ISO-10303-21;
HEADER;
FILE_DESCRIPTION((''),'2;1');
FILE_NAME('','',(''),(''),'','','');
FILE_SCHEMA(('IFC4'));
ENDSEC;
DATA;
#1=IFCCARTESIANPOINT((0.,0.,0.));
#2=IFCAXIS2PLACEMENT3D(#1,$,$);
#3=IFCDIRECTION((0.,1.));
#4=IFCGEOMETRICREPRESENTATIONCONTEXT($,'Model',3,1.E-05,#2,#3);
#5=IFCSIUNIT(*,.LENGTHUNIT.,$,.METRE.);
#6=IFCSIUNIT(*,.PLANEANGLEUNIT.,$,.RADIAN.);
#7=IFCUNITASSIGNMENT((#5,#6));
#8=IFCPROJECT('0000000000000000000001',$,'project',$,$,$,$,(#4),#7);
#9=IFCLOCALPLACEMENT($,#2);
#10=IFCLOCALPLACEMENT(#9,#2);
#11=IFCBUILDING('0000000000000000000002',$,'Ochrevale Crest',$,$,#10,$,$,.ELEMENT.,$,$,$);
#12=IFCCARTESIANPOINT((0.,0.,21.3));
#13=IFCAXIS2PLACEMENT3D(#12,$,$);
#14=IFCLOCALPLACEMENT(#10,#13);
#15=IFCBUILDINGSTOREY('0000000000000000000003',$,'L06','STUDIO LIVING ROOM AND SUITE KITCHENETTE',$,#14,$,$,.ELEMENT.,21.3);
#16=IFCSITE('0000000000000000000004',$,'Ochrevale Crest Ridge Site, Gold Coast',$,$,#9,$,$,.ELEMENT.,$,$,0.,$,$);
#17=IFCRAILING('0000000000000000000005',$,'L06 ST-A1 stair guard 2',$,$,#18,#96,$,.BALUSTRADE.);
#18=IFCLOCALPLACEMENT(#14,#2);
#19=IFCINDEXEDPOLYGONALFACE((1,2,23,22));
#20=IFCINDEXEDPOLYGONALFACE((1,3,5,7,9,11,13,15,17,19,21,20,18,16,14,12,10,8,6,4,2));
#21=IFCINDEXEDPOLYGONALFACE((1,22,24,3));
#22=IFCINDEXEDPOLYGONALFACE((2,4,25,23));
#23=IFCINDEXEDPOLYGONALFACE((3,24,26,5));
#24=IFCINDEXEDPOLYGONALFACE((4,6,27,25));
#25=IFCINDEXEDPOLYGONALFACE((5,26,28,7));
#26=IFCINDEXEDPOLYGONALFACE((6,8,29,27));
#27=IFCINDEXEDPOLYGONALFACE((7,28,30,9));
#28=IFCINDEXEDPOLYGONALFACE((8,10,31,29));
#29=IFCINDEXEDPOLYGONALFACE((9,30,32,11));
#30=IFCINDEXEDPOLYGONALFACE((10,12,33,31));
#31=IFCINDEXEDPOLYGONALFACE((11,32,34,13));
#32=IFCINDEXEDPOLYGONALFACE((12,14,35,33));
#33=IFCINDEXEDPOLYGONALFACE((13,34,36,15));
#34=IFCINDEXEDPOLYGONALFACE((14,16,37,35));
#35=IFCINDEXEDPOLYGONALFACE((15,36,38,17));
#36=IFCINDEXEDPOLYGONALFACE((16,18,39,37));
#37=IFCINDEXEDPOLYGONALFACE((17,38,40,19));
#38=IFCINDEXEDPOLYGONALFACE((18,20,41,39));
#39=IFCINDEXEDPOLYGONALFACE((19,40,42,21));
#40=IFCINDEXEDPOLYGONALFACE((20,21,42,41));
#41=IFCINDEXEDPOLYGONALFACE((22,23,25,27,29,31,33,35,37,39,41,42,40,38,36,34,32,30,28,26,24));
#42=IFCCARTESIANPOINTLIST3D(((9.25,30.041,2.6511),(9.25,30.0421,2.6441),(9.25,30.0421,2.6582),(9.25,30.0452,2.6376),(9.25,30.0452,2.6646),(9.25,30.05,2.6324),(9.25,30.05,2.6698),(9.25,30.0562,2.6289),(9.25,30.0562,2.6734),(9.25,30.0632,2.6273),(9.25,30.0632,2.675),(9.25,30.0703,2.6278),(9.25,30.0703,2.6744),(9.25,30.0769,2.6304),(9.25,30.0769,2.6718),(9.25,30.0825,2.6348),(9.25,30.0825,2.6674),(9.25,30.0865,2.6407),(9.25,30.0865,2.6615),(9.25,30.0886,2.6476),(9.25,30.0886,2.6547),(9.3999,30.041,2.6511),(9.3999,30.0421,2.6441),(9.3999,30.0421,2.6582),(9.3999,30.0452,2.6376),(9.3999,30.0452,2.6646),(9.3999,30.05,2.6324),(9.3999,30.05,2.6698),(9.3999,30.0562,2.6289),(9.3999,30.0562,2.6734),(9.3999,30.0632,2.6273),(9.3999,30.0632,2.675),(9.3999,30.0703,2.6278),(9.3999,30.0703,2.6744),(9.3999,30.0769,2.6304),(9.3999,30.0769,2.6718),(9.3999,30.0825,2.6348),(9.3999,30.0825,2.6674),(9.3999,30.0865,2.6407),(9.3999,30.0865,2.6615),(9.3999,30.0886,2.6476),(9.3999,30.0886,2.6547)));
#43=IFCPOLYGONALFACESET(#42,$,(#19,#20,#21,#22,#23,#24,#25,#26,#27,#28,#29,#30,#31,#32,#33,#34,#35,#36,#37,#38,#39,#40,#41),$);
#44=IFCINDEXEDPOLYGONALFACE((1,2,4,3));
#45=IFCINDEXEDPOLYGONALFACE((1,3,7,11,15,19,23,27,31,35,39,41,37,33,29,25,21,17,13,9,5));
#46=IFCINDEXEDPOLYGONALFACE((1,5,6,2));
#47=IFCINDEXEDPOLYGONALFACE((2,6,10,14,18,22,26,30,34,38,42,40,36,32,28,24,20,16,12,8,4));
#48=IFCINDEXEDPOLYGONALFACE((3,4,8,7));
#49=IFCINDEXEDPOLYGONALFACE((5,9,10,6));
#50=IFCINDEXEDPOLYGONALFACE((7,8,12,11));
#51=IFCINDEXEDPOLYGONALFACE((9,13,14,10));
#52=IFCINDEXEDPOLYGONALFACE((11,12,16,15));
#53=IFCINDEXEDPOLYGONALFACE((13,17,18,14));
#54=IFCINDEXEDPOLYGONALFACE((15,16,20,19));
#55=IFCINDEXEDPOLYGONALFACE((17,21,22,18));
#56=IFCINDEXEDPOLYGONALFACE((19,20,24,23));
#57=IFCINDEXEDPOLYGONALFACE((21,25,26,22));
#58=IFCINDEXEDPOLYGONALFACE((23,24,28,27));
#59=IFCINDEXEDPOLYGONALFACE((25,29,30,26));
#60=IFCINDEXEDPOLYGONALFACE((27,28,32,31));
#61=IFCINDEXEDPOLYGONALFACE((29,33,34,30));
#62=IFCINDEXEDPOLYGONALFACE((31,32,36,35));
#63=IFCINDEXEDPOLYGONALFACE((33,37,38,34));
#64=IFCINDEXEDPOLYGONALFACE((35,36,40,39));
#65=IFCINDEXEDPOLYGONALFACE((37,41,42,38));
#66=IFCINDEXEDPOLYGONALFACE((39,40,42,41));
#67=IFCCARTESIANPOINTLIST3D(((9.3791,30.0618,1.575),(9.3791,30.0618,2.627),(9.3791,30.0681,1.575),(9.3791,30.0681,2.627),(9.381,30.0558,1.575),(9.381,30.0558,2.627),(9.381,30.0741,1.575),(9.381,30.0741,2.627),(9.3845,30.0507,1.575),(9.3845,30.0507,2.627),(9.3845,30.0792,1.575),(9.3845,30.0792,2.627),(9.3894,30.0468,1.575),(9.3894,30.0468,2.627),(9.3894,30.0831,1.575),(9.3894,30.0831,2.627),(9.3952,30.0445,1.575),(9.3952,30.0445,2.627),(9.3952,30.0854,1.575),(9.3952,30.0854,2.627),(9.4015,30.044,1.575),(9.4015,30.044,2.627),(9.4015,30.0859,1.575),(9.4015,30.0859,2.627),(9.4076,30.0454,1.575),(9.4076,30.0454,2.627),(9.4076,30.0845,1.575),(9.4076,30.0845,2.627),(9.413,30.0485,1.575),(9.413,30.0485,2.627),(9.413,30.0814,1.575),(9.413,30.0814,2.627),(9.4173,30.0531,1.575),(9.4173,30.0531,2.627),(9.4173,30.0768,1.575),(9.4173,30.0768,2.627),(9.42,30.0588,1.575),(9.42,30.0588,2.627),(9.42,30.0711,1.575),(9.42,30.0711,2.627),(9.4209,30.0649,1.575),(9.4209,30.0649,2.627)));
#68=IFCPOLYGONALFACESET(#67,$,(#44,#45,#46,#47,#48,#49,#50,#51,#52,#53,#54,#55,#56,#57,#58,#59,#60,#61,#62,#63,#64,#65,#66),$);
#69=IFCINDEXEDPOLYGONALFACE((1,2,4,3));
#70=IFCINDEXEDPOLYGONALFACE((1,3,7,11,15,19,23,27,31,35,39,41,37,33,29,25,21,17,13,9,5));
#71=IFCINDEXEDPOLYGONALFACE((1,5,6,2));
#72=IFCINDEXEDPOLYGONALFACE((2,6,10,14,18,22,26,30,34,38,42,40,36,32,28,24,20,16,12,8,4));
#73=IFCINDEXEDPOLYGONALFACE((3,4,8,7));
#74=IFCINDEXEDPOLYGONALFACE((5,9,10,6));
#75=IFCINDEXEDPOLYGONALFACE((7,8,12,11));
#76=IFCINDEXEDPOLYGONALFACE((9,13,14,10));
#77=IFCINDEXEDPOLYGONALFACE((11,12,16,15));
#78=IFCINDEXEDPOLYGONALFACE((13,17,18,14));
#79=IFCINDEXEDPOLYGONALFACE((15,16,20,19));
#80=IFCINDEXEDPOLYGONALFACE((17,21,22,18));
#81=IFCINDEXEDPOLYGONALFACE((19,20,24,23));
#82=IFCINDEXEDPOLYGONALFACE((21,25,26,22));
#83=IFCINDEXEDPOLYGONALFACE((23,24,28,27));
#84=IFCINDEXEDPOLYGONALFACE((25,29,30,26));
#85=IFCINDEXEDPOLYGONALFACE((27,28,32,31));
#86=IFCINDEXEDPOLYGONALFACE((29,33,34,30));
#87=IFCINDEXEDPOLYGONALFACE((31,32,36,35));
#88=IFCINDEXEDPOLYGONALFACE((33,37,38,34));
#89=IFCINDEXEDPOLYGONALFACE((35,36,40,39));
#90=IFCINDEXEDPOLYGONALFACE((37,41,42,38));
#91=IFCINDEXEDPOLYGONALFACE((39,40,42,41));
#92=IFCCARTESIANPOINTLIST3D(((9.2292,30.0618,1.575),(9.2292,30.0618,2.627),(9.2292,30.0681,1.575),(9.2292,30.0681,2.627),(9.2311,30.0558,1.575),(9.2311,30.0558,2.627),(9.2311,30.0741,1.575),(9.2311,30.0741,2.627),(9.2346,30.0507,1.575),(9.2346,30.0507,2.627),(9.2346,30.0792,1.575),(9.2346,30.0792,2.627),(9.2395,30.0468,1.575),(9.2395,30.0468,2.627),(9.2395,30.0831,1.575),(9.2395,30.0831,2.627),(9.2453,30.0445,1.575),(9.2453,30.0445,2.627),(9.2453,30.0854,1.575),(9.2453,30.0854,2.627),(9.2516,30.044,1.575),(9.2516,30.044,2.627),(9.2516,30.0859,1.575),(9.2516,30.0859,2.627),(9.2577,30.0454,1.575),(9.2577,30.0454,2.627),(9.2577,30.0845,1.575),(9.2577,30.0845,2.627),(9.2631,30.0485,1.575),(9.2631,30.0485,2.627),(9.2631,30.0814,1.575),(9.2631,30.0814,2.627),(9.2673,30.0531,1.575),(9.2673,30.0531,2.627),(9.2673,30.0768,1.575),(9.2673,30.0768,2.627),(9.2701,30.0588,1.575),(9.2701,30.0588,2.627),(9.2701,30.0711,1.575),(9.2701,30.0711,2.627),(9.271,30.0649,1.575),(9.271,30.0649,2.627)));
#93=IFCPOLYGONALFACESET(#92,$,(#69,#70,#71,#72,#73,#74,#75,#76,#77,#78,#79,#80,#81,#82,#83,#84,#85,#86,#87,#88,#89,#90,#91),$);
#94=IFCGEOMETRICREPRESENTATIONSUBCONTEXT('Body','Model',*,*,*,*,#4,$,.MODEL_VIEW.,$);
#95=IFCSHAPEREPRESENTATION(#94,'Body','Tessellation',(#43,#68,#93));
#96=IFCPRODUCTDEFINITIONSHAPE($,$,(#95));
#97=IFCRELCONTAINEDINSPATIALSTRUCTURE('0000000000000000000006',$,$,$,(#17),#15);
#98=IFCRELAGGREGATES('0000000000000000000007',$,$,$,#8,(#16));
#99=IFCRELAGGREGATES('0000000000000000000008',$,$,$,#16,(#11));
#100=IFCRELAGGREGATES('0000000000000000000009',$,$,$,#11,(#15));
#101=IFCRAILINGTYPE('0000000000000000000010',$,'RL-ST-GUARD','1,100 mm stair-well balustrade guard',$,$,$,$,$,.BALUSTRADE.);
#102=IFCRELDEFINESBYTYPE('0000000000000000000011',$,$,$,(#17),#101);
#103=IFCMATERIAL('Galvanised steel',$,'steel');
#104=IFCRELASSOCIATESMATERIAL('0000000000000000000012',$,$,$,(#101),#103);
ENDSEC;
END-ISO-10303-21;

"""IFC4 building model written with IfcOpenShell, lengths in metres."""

from ifc_helpers import new_model, si_unit, direction, frame, origin, origin_2d, place, context, subcontext, project, spatial, circle, extrude, material, type_object, element, save


model = new_model("IFC4")

# Units and contexts
model_context = context("Model", 3, precision=1e-05, world=origin(), true_north=direction((0.0, 1.0)))
body_context = subcontext(model_context, "Body", "Model", "MODEL_VIEW")
ifc_project = project(units=[si_unit("LENGTHUNIT", "METRE"), si_unit("PLANEANGLEUNIT", "RADIAN")], contexts=[model_context])

# Site, building, storey
site_placement = place(None, origin())
site = spatial("IfcSite", under=ifc_project, at=site_placement, Name="Ochrevale Crest Ridge Site, Gold Coast", CompositionType="ELEMENT", RefElevation=0.0)
building_placement = place(site_placement, origin())
building = spatial("IfcBuilding", under=site, at=building_placement, Name="Ochrevale Crest", CompositionType="ELEMENT")
storey_placement = place(building_placement, frame((0.0, 0.0, 21.3)))
storey = spatial("IfcBuildingStorey", under=building, at=storey_placement, Name="L06", Description="STUDIO LIVING ROOM AND SUITE KITCHENETTE", CompositionType="ELEMENT", Elevation=21.3)

# Railing
ifc_material_1 = material(Name="Galvanised steel", Category="steel")
railing_type_1 = type_object("IfcRailingType", Name="RL-ST-GUARD", Description="1,100 mm stair-well balustrade guard", PredefinedType="BALUSTRADE", material=ifc_material_1)
railing_1_placement = place(storey_placement, frame((9.3999, 30.0649, 1.575)))
element("IfcRailing", 1, at=railing_1_placement, inside=storey, type_object=railing_type_1, Name="L06 ST-A1 stair guard 2", PredefinedType="BALUSTRADE", context=body_context, shape_type="SweptSolid", body=[
    extrude(circle(Radius=0.0239, at=origin_2d()), frame((0.0, 0.0, 1.0762), z_axis=(-1.0, 0.0, 0.0), x_axis=(0.0, -1.0, 0.0)), (0.0, 0.0, 1.0), 0.1499),
    extrude(circle(Radius=0.021, at=origin_2d()), origin(), (0.0, 0.0, 1.0), 1.052),
    extrude(circle(Radius=0.021, at=origin_2d()), frame((-0.1499, 0.0, 0.0)), (0.0, 0.0, 1.0), 1.052),
])

save(model, "model.ifc")
